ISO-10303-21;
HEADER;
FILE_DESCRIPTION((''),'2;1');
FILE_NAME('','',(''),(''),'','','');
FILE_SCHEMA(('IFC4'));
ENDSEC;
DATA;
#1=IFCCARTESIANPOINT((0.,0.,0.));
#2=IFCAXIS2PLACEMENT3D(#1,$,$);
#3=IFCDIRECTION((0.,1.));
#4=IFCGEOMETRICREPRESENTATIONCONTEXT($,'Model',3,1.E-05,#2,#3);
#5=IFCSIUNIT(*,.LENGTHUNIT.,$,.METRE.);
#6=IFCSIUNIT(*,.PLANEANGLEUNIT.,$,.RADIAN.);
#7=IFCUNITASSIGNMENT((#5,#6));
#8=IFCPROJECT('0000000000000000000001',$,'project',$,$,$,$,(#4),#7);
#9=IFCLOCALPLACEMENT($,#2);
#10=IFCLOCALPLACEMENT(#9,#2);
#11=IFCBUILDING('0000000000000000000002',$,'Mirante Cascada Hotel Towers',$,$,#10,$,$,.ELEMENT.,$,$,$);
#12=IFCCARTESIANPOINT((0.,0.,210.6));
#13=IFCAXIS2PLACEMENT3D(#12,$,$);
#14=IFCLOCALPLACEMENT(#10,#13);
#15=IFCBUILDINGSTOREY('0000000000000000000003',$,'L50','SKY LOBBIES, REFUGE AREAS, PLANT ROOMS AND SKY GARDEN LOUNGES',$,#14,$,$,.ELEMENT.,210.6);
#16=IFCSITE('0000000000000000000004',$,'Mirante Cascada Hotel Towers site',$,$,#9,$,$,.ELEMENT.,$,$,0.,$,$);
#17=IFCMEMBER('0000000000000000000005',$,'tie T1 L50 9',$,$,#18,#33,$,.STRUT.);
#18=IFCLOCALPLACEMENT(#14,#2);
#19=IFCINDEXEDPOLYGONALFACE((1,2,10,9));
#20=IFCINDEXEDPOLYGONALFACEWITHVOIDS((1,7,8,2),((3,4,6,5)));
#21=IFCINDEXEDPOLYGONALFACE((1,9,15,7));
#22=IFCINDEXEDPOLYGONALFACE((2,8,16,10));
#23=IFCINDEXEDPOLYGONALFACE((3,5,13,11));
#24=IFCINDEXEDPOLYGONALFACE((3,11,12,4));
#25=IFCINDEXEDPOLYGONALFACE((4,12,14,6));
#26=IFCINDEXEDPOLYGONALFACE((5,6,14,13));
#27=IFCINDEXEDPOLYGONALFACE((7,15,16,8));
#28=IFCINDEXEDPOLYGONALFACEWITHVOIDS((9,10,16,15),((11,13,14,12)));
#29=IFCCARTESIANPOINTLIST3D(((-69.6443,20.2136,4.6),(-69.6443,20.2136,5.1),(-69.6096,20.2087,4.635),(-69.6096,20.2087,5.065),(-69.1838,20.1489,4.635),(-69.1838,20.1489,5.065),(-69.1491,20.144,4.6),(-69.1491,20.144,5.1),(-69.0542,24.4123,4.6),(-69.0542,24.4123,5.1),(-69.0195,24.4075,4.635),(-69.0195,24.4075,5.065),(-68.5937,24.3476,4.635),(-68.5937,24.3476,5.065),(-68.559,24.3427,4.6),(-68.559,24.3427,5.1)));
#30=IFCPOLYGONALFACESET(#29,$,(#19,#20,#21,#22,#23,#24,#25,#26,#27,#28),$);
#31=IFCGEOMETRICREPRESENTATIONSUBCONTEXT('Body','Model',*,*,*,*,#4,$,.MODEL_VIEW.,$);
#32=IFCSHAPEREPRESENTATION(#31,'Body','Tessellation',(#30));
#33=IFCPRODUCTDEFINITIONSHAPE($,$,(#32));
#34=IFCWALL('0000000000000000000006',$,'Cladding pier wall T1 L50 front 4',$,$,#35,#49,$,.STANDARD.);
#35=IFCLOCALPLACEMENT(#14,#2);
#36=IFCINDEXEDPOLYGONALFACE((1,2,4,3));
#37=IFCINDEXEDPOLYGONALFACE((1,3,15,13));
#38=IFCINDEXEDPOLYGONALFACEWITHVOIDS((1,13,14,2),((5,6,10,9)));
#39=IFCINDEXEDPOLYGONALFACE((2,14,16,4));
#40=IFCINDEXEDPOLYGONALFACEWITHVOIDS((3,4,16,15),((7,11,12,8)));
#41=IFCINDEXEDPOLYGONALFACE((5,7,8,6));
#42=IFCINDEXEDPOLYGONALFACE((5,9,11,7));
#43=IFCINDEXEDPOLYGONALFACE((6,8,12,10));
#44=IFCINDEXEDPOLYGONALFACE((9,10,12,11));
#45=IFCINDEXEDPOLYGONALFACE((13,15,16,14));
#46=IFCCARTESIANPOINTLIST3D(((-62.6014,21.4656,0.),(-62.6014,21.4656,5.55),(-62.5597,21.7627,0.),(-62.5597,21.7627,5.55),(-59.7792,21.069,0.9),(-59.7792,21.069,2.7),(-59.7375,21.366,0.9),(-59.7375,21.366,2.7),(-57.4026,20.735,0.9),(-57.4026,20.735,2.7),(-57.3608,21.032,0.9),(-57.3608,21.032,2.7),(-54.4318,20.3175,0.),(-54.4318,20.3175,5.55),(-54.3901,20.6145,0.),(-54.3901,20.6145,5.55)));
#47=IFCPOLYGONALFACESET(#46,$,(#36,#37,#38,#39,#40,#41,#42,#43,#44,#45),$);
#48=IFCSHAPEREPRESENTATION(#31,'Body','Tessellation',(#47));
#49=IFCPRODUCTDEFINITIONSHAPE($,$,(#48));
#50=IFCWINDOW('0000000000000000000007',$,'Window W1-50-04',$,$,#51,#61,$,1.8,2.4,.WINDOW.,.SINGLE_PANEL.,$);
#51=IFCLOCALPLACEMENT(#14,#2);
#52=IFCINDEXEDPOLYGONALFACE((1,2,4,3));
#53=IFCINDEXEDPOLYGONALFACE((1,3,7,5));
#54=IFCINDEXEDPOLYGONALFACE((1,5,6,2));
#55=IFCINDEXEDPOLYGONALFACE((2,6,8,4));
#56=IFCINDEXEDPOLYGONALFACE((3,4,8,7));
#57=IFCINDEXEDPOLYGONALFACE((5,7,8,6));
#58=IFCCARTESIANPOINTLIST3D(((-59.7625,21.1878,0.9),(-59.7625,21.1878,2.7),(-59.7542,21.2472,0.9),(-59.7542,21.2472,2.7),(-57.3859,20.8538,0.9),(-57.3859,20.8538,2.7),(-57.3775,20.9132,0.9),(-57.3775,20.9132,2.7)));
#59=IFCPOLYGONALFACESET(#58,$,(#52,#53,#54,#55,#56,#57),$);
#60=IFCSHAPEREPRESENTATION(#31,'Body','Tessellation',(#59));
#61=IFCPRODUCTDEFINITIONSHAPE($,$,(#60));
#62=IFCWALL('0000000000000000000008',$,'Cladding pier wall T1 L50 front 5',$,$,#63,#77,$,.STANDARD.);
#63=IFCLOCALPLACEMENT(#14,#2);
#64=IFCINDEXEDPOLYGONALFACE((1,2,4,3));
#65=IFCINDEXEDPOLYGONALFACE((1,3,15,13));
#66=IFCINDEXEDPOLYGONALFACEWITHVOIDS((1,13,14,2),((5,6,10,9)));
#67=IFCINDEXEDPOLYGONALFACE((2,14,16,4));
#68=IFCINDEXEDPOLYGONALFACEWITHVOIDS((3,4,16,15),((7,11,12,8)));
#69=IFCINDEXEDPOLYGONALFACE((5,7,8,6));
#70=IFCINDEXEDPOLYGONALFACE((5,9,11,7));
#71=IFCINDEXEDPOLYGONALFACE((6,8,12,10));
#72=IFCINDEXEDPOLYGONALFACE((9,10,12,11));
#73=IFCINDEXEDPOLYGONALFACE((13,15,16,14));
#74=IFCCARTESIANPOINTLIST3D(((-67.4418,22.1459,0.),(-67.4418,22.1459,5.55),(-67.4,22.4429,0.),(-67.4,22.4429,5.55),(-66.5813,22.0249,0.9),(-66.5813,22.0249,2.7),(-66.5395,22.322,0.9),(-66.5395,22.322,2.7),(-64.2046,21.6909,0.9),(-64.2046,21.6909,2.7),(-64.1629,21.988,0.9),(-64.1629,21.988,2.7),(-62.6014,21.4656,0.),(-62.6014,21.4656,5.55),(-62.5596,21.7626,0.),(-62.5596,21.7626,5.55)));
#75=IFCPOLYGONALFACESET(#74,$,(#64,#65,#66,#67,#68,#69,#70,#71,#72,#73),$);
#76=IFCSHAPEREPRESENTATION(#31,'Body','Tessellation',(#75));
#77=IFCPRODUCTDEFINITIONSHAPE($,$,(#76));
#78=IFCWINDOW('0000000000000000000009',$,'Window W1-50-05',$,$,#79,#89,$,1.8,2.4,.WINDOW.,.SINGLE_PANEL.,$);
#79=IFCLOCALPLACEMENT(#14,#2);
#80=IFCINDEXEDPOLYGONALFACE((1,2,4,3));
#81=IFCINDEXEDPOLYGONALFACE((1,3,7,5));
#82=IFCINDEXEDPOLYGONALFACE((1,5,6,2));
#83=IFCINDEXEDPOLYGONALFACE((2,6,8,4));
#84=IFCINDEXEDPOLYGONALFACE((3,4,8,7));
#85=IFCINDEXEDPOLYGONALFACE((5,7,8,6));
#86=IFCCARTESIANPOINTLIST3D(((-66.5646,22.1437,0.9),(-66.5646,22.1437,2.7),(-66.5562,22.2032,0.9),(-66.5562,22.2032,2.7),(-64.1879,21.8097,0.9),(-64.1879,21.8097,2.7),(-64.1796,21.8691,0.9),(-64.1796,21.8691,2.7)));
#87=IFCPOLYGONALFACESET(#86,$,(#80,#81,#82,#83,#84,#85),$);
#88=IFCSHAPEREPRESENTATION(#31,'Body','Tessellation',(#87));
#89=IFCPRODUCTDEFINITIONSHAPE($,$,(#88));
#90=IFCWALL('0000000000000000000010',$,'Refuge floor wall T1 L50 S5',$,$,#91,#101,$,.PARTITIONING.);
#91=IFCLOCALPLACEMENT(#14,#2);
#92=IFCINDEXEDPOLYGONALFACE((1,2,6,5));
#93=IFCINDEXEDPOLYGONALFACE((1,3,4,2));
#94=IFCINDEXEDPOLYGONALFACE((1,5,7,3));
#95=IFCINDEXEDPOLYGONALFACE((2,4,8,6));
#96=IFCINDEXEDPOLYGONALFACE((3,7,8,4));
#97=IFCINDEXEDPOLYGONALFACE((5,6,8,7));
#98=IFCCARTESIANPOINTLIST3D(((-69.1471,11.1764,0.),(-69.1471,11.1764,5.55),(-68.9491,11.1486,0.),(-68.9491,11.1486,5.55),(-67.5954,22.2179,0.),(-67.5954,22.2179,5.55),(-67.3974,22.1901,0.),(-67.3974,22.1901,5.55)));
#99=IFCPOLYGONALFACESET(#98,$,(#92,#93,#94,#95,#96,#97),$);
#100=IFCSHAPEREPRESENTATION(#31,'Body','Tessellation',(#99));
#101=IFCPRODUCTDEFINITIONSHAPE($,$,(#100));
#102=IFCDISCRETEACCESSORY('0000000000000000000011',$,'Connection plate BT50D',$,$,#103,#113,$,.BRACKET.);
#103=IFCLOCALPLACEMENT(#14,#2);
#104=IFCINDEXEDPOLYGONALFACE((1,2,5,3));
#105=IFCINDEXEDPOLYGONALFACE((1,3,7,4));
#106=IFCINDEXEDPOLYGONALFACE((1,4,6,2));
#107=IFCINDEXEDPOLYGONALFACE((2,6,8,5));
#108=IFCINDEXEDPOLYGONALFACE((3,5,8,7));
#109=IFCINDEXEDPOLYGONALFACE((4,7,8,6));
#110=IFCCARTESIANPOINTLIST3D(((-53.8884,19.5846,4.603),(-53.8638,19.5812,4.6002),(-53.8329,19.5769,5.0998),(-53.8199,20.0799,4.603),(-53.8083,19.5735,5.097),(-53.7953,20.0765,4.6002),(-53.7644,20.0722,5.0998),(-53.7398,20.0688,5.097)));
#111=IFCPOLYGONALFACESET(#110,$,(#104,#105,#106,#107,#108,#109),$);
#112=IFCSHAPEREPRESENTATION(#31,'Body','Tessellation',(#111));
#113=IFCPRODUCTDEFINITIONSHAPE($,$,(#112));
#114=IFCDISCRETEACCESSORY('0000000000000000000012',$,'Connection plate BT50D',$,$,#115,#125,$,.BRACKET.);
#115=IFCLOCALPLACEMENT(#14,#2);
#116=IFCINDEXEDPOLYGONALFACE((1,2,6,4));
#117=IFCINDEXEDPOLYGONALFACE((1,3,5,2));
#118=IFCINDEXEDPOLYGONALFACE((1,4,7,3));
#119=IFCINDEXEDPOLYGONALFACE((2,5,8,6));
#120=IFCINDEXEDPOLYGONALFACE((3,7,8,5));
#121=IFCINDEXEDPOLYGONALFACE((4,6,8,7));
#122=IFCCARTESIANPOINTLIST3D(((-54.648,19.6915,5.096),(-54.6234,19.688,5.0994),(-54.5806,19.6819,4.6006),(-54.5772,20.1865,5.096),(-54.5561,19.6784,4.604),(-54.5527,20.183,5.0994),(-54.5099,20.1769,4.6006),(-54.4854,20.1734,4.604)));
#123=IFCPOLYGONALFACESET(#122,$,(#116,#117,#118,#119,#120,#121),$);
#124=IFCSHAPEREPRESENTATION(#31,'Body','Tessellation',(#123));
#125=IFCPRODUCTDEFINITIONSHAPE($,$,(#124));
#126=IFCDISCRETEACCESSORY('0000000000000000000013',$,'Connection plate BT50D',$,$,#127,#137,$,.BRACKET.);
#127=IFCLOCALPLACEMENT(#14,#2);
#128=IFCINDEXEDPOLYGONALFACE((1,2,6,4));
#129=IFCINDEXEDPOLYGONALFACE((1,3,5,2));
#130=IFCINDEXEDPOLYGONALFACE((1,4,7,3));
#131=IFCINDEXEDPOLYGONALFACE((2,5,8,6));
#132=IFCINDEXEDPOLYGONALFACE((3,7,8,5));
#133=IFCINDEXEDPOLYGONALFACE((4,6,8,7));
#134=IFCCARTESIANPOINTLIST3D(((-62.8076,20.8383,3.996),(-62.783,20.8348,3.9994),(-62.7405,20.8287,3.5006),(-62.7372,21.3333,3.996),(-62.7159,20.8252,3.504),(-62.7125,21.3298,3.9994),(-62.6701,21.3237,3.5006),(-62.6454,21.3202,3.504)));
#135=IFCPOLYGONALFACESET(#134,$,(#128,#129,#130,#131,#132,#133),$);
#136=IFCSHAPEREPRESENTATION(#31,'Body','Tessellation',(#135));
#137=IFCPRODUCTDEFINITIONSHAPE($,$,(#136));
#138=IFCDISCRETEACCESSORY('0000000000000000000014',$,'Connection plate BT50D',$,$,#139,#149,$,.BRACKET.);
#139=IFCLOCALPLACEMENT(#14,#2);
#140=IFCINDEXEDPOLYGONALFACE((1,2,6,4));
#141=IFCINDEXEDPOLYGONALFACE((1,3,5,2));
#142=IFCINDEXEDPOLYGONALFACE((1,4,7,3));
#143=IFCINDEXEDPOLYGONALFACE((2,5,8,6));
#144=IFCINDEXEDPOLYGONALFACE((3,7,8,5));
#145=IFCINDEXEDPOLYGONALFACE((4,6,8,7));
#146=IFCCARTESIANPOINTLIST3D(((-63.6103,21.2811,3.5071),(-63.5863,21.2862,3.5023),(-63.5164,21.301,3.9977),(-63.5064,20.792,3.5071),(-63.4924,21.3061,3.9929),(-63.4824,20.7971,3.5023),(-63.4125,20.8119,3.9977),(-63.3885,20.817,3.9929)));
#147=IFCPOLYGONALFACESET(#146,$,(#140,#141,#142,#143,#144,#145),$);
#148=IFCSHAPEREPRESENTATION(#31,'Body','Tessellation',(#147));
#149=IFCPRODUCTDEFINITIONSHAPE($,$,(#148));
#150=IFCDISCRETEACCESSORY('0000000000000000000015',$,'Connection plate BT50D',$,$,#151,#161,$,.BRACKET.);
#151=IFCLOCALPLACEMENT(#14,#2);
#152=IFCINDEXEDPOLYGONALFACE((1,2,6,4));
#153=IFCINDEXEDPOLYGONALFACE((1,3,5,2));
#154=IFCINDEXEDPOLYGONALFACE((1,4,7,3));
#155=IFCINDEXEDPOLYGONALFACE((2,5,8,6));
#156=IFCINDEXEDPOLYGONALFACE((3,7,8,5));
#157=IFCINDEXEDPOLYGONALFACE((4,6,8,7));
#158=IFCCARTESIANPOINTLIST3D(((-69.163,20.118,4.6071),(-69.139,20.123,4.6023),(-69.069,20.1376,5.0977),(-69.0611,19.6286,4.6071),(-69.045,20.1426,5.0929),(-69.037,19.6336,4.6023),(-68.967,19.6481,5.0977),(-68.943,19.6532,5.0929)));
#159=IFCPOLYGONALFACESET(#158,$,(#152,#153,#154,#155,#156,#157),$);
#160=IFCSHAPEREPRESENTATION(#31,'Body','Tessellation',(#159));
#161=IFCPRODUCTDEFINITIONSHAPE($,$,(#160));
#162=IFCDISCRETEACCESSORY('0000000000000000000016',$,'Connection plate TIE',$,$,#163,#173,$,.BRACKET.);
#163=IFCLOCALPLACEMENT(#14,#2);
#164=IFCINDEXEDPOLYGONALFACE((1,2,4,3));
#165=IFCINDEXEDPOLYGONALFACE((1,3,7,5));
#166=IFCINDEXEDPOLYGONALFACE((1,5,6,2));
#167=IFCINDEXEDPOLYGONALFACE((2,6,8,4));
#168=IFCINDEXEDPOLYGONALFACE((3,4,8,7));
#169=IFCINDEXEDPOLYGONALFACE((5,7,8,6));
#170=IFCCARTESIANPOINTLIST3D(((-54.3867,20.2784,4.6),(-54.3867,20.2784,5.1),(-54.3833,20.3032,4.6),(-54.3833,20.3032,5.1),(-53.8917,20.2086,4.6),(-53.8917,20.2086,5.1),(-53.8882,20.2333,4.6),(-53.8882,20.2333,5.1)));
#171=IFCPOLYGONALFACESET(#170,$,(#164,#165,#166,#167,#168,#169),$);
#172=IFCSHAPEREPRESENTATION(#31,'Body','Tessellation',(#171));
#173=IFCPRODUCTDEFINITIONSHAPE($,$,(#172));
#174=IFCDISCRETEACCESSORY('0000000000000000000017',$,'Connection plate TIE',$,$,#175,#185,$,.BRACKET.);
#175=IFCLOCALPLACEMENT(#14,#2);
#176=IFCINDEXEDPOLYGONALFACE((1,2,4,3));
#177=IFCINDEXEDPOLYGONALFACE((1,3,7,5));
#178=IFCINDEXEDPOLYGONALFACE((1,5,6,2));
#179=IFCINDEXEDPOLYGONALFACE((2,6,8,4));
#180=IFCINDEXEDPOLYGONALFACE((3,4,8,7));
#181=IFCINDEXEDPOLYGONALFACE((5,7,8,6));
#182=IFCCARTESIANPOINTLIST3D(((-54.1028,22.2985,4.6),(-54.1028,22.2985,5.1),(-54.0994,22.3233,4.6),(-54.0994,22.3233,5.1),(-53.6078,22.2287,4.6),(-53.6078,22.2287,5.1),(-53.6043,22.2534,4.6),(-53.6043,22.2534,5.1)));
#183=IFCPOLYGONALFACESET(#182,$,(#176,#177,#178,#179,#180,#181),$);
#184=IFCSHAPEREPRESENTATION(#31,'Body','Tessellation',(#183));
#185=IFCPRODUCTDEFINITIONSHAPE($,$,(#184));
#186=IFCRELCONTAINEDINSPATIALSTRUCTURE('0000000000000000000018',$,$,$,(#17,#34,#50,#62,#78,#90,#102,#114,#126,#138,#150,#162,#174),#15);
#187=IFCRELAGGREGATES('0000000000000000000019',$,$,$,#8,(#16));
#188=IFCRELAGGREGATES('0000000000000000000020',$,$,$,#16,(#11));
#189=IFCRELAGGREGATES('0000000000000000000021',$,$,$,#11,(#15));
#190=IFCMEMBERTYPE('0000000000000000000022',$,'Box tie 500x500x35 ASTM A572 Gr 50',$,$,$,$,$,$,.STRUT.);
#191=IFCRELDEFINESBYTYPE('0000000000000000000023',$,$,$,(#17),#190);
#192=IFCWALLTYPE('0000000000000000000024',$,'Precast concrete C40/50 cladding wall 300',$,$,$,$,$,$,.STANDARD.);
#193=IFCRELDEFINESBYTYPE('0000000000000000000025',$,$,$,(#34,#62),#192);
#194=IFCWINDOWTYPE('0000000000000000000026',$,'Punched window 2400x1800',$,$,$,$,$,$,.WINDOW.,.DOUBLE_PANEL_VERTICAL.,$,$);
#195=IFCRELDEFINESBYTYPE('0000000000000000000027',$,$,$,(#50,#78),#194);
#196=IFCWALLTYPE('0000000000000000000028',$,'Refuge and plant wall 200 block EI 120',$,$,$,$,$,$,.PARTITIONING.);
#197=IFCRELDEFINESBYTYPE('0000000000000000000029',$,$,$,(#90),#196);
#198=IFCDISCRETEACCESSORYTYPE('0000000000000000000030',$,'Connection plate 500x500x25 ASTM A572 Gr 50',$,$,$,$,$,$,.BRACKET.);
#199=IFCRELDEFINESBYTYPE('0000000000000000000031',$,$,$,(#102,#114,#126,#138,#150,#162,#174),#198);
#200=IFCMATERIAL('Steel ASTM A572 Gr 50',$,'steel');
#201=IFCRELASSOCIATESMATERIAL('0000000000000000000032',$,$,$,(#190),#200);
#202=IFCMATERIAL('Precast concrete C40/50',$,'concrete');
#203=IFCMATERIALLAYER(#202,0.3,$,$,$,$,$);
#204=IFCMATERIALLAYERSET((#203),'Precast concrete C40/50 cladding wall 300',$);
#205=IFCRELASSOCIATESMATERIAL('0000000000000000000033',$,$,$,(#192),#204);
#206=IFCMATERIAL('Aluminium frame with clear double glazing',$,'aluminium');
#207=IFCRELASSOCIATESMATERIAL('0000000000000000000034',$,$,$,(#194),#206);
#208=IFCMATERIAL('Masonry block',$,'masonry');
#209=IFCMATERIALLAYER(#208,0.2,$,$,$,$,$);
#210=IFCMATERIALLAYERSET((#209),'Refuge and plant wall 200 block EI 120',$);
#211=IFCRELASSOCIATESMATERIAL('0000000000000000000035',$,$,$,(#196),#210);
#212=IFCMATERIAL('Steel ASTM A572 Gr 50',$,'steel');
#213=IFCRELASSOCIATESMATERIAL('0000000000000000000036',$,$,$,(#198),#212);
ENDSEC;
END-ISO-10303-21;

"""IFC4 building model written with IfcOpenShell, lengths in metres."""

from ifc_helpers import new_model, si_unit, direction, frame, frame_2d, origin, origin_2d, place, context, subcontext, project, spatial, rectangle, hollow_rectangle, extrude, material, layer, layer_set, material_profile, profile_set, type_object, element, fill, save


model = new_model("IFC4")

# Units and contexts
model_context = context("Model", 3, precision=1e-05, world=origin(), true_north=direction((0.0, 1.0)))
body_context = subcontext(model_context, "Body", "Model", "MODEL_VIEW")
ifc_project = project(units=[si_unit("LENGTHUNIT", "METRE"), si_unit("PLANEANGLEUNIT", "RADIAN")], contexts=[model_context])

# Site, building, storey
site_placement = place(None, origin())
site = spatial("IfcSite", under=ifc_project, at=site_placement, Name="Mirante Cascada Hotel Towers site", CompositionType="ELEMENT", RefElevation=0.0)
building_placement = place(site_placement, origin())
building = spatial("IfcBuilding", under=site, at=building_placement, Name="Mirante Cascada Hotel Towers", CompositionType="ELEMENT")
storey_placement = place(building_placement, frame((0.0, 0.0, 210.6)))
storey = spatial("IfcBuildingStorey", under=building, at=storey_placement, Name="L50", Description="SKY LOBBIES, REFUGE AREAS, PLANT ROOMS AND SKY GARDEN LOUNGES", CompositionType="ELEMENT", Elevation=210.6)

# Member
ifc_material_1 = material(Name="Steel ASTM A572 Gr 50", Category="steel")
ifc_material_profile_1 = material_profile(ifc_material_1, hollow_rectangle(XDim=0.5, YDim=0.5, WallThickness=0.035, at=origin_2d()), Name="Box tie 500x500x35 ASTM A572 Gr 50")
ifc_profile_set_1 = profile_set([ifc_material_profile_1], Name="Steel ASTM A572 Gr 50")
member_type_1 = type_object("IfcMemberType", Name="Box tie 500x500x35 ASTM A572 Gr 50", PredefinedType="STRUT", material=ifc_profile_set_1)
member_1_placement = place(storey_placement, frame((-69.3967, 20.1788, 4.85), z_axis=(0.139176, 0.990268, 0.0), x_axis=(-0.990268, 0.139176, 0.0)))
element("IfcMember", 1, at=member_1_placement, inside=storey, type_object=member_type_1, Name="tie T1 L50 9", PredefinedType="STRUT", context=body_context, shape_type="SweptSolid", body=[
    extrude(hollow_rectangle(XDim=0.5, YDim=0.5, WallThickness=0.035, at=origin_2d()), origin(), (0.0, 0.0, 1.0), 4.24),
])

# Walls, openings, windows
ifc_material_2 = material(Name="Precast concrete C40/50", Category="concrete")
ifc_layer_1 = layer(ifc_material_2, 0.3)
ifc_layer_set_1 = layer_set([ifc_layer_1], Name="Precast concrete C40/50 cladding wall 300")
wall_type_1 = type_object("IfcWallType", Name="Precast concrete C40/50 cladding wall 300", PredefinedType="STANDARD", material=ifc_layer_set_1)
wall_1_placement = place(storey_placement, frame((-54.4109, 20.466, 0.0), z_axis=(0.0, 0.0, 1.0), x_axis=(-0.990269, 0.139166, 0.0)))
wall_1 = element("IfcWall", 2, at=wall_1_placement, inside=storey, type_object=wall_type_1, Name="Cladding pier wall T1 L50 front 4", PredefinedType="STANDARD", context=body_context, shape_type="SweptSolid", body=[
    extrude(rectangle(XDim=8.2499, YDim=0.3, at=frame_2d((4.125, 0.0))), origin(), (0.0, 0.0, 1.0), 5.55),
])
opening_1_placement = place(wall_1_placement, frame((3.0, 0.0, 0.9)))
opening_1 = element("IfcOpeningElement", 3, at=opening_1_placement, cuts=wall_1, PredefinedType="OPENING", context=body_context, shape_type="SweptSolid", body=[
    extrude(rectangle(XDim=2.4, YDim=1.8, at=frame_2d((1.2, 0.9))), frame((0.0, 0.15, 0.0), z_axis=(0.0, -1.0, 0.0), x_axis=(1.0, 0.0, 0.0)), (0.0, 0.0, 1.0), 0.3),
])
ifc_material_3 = material(Name="Aluminium frame with clear double glazing", Category="aluminium")
window_type = type_object("IfcWindowType", Name="Punched window 2400x1800", PartitioningType="DOUBLE_PANEL_VERTICAL", PredefinedType="WINDOW", material=ifc_material_3)
window_1_placement = place(opening_1_placement, origin())
window_1 = element("IfcWindow", 4, at=window_1_placement, inside=storey, type_object=window_type, Name="Window W1-50-04", OverallHeight=1.8, OverallWidth=2.4, PartitioningType="SINGLE_PANEL", PredefinedType="WINDOW", context=body_context, shape_type="SweptSolid", body=[
    extrude(rectangle(XDim=2.4, YDim=1.8, at=frame_2d((1.2, 0.9))), frame((0.0, 0.03, 0.0), z_axis=(0.0, -1.0, 0.0), x_axis=(1.0, 0.0, 0.0)), (0.0, 0.0, 1.0), 0.06),
])
fill(opening_1, window_1)
wall_2_placement = place(storey_placement, frame((-62.5805, 21.6141, 0.0), z_axis=(0.0, 0.0, 1.0), x_axis=(-0.990267, 0.139178, 0.0)))
wall_2 = element("IfcWall", 5, at=wall_2_placement, inside=storey, type_object=wall_type_1, Name="Cladding pier wall T1 L50 front 5", PredefinedType="STANDARD", context=body_context, shape_type="SweptSolid", body=[
    extrude(rectangle(XDim=4.888, YDim=0.3, at=frame_2d((2.444, 0.0))), origin(), (0.0, 0.0, 1.0), 5.55),
])
opening_2_placement = place(wall_2_placement, frame((1.619, 0.0, 0.9)))
opening_2 = element("IfcOpeningElement", 6, at=opening_2_placement, cuts=wall_2, PredefinedType="OPENING", context=body_context, shape_type="SweptSolid", body=[
    extrude(rectangle(XDim=2.4, YDim=1.8, at=frame_2d((1.2, 0.9))), frame((0.0, 0.15, 0.0), z_axis=(0.0, -1.0, 0.0), x_axis=(1.0, 0.0, 0.0)), (0.0, 0.0, 1.0), 0.3),
])
window_2_placement = place(opening_2_placement, origin())
window_2 = element("IfcWindow", 7, at=window_2_placement, inside=storey, type_object=window_type, Name="Window W1-50-05", OverallHeight=1.8, OverallWidth=2.4, PartitioningType="SINGLE_PANEL", PredefinedType="WINDOW", context=body_context, shape_type="SweptSolid", body=[
    extrude(rectangle(XDim=2.4, YDim=1.8, at=frame_2d((1.2, 0.9))), frame((0.0, 0.03, 0.0), z_axis=(0.0, -1.0, 0.0), x_axis=(1.0, 0.0, 0.0)), (0.0, 0.0, 1.0), 0.06),
])
fill(opening_2, window_2)

# Wall
ifc_material_4 = material(Name="Masonry block", Category="masonry")
ifc_layer_2 = layer(ifc_material_4, 0.2)
ifc_layer_set_2 = layer_set([ifc_layer_2], Name="Refuge and plant wall 200 block EI 120")
wall_type_2 = type_object("IfcWallType", Name="Refuge and plant wall 200 block EI 120", PredefinedType="PARTITIONING", material=ifc_layer_set_2)
wall_3_placement = place(storey_placement, frame((-69.0481, 11.1625, 0.0), z_axis=(0.0, 0.0, 1.0), x_axis=(0.139166, 0.990269, 0.0)))
element("IfcWall", 8, at=wall_3_placement, inside=storey, type_object=wall_type_2, Name="Refuge floor wall T1 L50 S5", PredefinedType="PARTITIONING", context=body_context, shape_type="SweptSolid", body=[
    extrude(rectangle(XDim=11.15, YDim=0.2, at=frame_2d((5.575, 0.0))), origin(), (0.0, 0.0, 1.0), 5.55),
])

# Discrete accessories
ifc_material_5 = material(Name="Steel ASTM A572 Gr 50", Category="steel")
ifc_material_profile_2 = material_profile(ifc_material_5, rectangle(XDim=0.5, YDim=0.5, at=origin_2d()), Name="Connection plate 500x500x25 ASTM A572 Gr 50")
ifc_profile_set_2 = profile_set([ifc_material_profile_2], Name="Steel ASTM A572 Gr 50")
discrete_accessory_type = type_object("IfcDiscreteAccessoryType", Name="Connection plate 500x500x25 ASTM A572 Gr 50", PredefinedType="BRACKET", material=ifc_profile_set_2)
for number, where, z_axis, x_axis, name in (
    (9, (-53.8018, 19.825, 4.8486), (-0.984347, 0.136048, 0.112039), (-0.13691, -0.990583, 0.0), "Connection plate BT50D"),
    (10, (-54.5544, 19.9307, 4.8517), (-0.980738, 0.140105, -0.136102), (-0.141421, -0.98995, 0.0), "Connection plate BT50D"),
):
    element("IfcDiscreteAccessory", number, at=place(storey_placement, frame(where, z_axis=z_axis, x_axis=x_axis)), inside=storey, type_object=discrete_accessory_type, Name=name, PredefinedType="BRACKET", context=body_context, shape_type="SweptSolid", body=[
        extrude(rectangle(XDim=0.5, YDim=0.5, at=origin_2d()), origin(), (0.0, 0.0, 1.0), 0.025),
    ])
discrete_accessory_1_placement = place(storey_placement, frame((-62.7142, 21.0775, 3.7517), z_axis=(-0.98089, 0.139558, -0.13557), x_axis=(-0.140858, -0.99003, 0.0)))
element("IfcDiscreteAccessory", 11, at=discrete_accessory_1_placement, inside=storey, type_object=discrete_accessory_type, Name="Connection plate BT50D", PredefinedType="BRACKET", context=body_context, shape_type="SweptSolid", body=[
    extrude(rectangle(XDim=0.5, YDim=0.5, at=origin_2d()), origin(), (0.0, 0.0, 1.0), 0.0251),
])
for number, where, z_axis, x_axis, name in (
    (12, (-63.4874, 21.0516, 3.7476), (-0.959962, -0.203992, 0.191992), (0.207859, -0.978159, 0.0), "Connection plate BT50D"),
    (13, (-69.041, 19.8881, 4.8476), (-0.960738, -0.200154, 0.192148), (0.203954, -0.97898, 0.0), "Connection plate BT50D"),
    (14, (-54.1392, 20.2435, 4.85), (0.139744, 0.990188, 0.0), (-0.990188, 0.139744, 0.0), "Connection plate TIE"),
    (15, (-53.8553, 22.2636, 4.85), (0.139744, 0.990188, 0.0), (-0.990188, 0.139744, 0.0), "Connection plate TIE"),
):
    element("IfcDiscreteAccessory", number, at=place(storey_placement, frame(where, z_axis=z_axis, x_axis=x_axis)), inside=storey, type_object=discrete_accessory_type, Name=name, PredefinedType="BRACKET", context=body_context, shape_type="SweptSolid", body=[
        extrude(rectangle(XDim=0.5, YDim=0.5, at=origin_2d()), origin(), (0.0, 0.0, 1.0), 0.025),
    ])

save(model, "model.ifc")
